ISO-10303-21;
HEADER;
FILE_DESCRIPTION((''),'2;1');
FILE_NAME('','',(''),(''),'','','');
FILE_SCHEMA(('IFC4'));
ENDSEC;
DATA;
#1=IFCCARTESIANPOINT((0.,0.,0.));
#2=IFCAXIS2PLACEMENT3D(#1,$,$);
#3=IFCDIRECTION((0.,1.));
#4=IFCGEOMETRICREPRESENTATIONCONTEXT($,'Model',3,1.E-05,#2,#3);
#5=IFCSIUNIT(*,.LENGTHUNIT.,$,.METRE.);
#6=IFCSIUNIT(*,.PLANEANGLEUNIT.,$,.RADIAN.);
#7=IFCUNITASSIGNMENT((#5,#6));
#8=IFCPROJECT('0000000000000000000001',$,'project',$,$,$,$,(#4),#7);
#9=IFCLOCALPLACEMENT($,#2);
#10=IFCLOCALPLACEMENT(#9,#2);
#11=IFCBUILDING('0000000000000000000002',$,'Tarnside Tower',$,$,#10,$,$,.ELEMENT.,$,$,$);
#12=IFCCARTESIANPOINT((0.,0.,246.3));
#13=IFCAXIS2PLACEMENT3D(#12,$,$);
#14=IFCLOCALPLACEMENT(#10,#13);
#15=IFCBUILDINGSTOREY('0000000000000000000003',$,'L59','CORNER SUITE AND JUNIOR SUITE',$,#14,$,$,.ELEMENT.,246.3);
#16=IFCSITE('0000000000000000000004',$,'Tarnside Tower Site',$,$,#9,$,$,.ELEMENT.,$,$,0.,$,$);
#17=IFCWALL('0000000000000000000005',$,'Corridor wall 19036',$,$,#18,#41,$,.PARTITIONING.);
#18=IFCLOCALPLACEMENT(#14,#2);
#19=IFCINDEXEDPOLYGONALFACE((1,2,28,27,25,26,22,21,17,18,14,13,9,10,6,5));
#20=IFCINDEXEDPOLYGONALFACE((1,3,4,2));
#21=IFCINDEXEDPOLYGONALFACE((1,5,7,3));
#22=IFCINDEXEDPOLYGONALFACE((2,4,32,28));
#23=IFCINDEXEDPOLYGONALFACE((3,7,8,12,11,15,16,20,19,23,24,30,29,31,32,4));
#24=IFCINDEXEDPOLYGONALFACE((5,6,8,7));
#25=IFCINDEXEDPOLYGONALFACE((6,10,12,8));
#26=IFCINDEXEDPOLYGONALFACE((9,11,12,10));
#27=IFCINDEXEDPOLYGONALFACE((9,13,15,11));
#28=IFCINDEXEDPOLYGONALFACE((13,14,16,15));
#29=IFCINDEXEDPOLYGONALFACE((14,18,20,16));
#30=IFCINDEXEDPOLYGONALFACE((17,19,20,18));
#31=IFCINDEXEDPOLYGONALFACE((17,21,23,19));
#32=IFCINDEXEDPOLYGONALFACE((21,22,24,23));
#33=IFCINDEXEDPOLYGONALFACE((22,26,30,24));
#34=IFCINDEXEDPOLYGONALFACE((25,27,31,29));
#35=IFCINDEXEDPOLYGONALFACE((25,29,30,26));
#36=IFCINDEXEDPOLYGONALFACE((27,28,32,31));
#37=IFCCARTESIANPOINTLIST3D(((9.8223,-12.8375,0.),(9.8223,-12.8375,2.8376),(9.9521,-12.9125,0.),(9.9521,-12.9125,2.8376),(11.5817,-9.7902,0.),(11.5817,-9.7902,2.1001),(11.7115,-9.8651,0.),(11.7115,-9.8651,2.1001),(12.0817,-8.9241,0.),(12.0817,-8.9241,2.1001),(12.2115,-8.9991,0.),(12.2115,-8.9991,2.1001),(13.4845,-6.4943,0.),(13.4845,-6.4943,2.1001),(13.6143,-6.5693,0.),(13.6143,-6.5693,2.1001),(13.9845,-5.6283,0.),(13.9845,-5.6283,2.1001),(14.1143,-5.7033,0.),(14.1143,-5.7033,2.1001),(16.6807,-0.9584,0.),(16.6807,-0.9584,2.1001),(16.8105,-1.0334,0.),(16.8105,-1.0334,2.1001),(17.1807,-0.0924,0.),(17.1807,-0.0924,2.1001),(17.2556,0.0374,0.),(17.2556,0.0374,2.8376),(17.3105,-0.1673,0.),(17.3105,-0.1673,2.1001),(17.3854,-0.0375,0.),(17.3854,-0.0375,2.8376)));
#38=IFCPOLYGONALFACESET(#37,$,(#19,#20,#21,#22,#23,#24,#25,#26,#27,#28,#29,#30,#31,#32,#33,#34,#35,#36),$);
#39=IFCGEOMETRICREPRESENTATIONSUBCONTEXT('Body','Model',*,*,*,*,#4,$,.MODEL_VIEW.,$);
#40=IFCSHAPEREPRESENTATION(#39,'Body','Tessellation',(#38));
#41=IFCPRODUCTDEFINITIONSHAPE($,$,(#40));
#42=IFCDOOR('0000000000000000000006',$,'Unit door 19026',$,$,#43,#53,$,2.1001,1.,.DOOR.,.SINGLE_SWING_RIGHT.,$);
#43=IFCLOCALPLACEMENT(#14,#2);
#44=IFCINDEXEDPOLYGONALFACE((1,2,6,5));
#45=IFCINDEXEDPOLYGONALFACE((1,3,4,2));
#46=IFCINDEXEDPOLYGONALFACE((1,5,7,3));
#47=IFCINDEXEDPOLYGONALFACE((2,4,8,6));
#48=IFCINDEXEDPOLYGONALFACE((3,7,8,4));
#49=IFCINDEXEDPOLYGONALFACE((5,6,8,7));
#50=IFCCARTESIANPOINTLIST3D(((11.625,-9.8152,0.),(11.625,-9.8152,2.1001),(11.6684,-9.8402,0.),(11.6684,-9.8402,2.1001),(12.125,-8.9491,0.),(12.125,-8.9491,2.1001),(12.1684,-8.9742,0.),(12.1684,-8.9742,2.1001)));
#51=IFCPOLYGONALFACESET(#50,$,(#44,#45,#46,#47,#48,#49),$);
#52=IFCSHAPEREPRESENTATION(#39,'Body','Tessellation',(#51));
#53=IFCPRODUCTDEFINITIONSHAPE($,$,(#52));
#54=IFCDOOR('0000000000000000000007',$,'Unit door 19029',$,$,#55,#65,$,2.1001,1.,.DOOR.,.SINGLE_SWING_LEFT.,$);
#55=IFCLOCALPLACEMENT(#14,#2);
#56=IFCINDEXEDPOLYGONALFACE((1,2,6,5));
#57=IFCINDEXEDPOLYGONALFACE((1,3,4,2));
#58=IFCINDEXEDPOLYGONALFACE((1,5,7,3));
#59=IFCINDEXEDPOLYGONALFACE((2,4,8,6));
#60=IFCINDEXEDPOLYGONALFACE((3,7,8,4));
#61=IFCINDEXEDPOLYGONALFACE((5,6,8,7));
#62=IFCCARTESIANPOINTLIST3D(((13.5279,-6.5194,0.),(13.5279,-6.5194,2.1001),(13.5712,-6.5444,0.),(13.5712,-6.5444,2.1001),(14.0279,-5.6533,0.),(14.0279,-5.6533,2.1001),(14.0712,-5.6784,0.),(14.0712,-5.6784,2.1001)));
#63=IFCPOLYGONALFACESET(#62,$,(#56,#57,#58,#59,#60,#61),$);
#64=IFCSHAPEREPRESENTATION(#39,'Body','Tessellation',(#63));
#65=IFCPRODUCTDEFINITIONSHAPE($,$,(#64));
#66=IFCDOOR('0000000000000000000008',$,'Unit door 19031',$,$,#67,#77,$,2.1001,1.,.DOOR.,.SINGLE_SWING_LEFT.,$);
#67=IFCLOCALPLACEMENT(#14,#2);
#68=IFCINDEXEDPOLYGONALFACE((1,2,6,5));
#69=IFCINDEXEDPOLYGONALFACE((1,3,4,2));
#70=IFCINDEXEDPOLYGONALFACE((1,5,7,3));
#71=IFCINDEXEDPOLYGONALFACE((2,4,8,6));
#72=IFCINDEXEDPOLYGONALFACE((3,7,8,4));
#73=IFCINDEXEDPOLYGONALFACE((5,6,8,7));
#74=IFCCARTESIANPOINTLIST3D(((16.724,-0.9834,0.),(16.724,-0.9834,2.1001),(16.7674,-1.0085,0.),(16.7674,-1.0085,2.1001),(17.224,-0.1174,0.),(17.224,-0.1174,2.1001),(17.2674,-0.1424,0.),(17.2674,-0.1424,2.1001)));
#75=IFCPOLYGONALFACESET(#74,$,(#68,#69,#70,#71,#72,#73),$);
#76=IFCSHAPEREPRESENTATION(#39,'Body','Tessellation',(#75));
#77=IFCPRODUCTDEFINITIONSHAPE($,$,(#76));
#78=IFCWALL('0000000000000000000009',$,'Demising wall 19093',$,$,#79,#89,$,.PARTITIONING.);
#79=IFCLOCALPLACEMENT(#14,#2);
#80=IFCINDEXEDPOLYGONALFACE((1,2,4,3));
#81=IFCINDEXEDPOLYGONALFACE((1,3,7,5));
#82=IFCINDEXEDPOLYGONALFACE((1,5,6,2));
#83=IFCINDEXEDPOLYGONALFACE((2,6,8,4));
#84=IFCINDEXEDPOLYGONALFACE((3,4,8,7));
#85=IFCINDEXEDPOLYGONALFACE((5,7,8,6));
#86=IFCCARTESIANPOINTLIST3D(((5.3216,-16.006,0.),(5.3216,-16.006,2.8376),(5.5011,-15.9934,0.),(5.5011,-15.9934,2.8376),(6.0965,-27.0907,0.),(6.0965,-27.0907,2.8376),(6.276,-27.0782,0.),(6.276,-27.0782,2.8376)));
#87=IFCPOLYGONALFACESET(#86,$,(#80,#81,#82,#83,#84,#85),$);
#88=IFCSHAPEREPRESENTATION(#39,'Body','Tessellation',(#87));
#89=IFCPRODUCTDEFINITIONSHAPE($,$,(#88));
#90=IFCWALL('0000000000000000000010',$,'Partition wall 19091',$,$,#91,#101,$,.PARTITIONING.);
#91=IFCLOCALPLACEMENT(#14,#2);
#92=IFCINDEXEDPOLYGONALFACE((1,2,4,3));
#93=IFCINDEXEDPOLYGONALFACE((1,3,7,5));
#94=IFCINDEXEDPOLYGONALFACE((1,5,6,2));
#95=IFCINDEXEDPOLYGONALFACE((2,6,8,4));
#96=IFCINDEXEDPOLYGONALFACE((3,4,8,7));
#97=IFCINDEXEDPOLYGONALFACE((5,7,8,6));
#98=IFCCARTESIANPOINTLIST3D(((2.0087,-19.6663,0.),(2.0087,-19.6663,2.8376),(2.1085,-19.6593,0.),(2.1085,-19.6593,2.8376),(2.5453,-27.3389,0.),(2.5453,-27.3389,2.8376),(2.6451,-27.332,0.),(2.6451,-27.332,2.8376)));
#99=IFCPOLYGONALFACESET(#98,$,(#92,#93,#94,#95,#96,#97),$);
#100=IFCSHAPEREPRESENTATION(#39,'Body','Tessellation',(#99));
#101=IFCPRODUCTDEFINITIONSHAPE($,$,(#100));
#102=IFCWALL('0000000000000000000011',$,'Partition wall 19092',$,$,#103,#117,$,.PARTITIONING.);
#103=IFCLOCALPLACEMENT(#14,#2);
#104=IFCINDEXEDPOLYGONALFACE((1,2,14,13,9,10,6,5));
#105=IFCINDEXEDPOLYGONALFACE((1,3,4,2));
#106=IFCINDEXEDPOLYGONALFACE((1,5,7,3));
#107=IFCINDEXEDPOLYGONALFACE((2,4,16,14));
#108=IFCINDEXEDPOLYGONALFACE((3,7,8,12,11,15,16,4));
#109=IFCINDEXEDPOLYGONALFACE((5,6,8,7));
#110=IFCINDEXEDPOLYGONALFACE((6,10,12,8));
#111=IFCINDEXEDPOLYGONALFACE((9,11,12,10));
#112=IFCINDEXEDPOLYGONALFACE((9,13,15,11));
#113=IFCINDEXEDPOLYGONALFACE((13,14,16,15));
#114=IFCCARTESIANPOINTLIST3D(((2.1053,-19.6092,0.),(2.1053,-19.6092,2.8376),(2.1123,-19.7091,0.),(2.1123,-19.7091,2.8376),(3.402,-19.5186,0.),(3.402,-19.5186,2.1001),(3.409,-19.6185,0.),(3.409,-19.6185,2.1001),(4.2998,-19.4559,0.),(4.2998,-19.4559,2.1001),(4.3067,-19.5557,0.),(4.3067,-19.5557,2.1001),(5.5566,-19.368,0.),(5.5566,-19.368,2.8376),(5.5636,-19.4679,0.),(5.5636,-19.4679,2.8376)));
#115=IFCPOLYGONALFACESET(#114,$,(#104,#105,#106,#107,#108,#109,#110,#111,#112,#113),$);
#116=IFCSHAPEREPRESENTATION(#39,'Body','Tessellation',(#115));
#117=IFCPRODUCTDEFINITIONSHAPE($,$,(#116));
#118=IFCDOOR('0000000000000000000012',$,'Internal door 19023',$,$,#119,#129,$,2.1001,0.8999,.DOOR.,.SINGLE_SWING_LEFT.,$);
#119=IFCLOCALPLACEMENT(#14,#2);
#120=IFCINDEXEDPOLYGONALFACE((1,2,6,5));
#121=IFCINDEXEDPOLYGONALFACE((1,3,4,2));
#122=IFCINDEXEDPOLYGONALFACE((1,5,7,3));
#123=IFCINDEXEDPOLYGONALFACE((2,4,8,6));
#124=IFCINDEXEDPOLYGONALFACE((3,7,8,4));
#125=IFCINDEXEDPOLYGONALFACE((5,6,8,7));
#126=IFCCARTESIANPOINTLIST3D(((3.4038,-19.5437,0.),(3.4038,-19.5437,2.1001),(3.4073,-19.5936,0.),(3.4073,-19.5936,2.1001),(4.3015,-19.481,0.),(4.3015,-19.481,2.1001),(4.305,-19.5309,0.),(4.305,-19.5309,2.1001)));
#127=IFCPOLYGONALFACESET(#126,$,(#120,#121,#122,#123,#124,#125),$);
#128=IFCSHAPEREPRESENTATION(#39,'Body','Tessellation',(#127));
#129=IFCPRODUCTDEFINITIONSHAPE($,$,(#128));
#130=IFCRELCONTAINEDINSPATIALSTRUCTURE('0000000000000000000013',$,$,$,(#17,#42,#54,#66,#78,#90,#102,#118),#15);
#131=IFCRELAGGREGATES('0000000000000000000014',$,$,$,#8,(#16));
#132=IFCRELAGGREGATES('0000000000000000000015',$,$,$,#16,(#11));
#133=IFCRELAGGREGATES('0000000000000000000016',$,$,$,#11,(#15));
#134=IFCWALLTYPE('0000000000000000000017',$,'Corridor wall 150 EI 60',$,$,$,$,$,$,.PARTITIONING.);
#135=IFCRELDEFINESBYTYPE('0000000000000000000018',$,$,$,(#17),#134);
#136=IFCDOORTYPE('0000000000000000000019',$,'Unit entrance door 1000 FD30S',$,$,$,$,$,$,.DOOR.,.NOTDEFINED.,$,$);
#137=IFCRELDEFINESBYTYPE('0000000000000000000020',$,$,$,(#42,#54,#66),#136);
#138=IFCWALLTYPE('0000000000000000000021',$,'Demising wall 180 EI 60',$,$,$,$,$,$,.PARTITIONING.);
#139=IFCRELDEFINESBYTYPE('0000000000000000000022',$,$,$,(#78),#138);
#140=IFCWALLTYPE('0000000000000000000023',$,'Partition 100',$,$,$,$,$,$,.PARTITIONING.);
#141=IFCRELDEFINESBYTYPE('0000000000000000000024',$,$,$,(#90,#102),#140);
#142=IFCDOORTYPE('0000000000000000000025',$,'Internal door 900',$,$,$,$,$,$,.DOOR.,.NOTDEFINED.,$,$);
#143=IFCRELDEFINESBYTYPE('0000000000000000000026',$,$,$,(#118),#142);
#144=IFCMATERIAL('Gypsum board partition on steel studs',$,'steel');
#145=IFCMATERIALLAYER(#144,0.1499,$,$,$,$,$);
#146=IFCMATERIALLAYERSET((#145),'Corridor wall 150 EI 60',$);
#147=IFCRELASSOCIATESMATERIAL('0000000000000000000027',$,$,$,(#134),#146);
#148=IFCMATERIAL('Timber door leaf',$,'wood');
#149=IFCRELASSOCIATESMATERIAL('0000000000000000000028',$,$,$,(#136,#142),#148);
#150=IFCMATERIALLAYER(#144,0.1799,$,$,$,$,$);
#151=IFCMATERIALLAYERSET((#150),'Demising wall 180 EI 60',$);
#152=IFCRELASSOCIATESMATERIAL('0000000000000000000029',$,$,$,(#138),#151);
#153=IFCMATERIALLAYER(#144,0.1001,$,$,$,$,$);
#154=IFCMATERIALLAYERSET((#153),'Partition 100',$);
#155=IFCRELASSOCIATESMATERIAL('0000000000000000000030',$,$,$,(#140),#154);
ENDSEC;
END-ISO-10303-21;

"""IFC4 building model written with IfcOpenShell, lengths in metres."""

from ifc_helpers import new_model, si_unit, direction, frame, frame_2d, origin, place, context, subcontext, project, spatial, rectangle, extrude, material, layer, layer_set, type_object, element, fill, save


model = new_model("IFC4")

# Units and contexts
model_context = context("Model", 3, precision=1e-05, world=origin(), true_north=direction((0.0, 1.0)))
body_context = subcontext(model_context, "Body", "Model", "MODEL_VIEW")
ifc_project = project(units=[si_unit("LENGTHUNIT", "METRE"), si_unit("PLANEANGLEUNIT", "RADIAN")], contexts=[model_context])

# Site, building, storey
site_placement = place(None, origin())
site = spatial("IfcSite", under=ifc_project, at=site_placement, Name="Tarnside Tower Site", CompositionType="ELEMENT", RefElevation=0.0)
building_placement = place(site_placement, origin())
building = spatial("IfcBuilding", under=site, at=building_placement, Name="Tarnside Tower", CompositionType="ELEMENT")
storey_placement = place(building_placement, frame((0.0, 0.0, 246.3)))
storey = spatial("IfcBuildingStorey", under=building, at=storey_placement, Name="L59", Description="CORNER SUITE AND JUNIOR SUITE", CompositionType="ELEMENT", Elevation=246.3)

# Shared definitions
ifc_material_1 = material(Name="Gypsum board partition on steel studs", Category="steel")
ifc_material_2 = material(Name="Timber door leaf", Category="wood")

# Shared definitions
ifc_layer_1 = layer(ifc_material_1, 0.1499)
ifc_layer_set_1 = layer_set([ifc_layer_1], Name="Corridor wall 150 EI 60")
wall_type_1 = type_object("IfcWallType", Name="Corridor wall 150 EI 60", PredefinedType="PARTITIONING", material=ifc_layer_set_1)

# Shared definitions
door_type_1 = type_object("IfcDoorType", Name="Unit entrance door 1000 FD30S", OperationType="NOTDEFINED", PredefinedType="DOOR", material=ifc_material_2)

# Wall, openings, doors
wall_1_placement = place(storey_placement, frame((9.8872, -12.875, 0.0), z_axis=(0.0, 0.0, 1.0), x_axis=(0.499998, 0.866026, 0.0)))
wall_1 = element("IfcWall", 1, at=wall_1_placement, inside=storey, type_object=wall_type_1, Name="Corridor wall 19036", PredefinedType="PARTITIONING", context=body_context, shape_type="SweptSolid", body=[
    extrude(rectangle(XDim=14.8667, YDim=0.1499, at=frame_2d((7.4333, 0.0))), origin(), (0.0, 0.0, 1.0), 2.8376),
])
opening_1_placement = place(wall_1_placement, frame((3.5188, 0.0, 0.0)))
opening_1 = element("IfcOpeningElement", 2, at=opening_1_placement, cuts=wall_1, PredefinedType="OPENING", context=body_context, shape_type="SweptSolid", body=[
    extrude(rectangle(XDim=1.0, YDim=2.1001, at=frame_2d((0.5, 1.05))), frame((0.0, 0.085, 0.0), z_axis=(0.0, -1.0, 0.0), x_axis=(1.0, 0.0, 0.0)), (0.0, 0.0, 1.0), 0.1699),
])
opening_2_placement = place(wall_1_placement, frame((7.3245, 0.0, 0.0)))
opening_2 = element("IfcOpeningElement", 3, at=opening_2_placement, cuts=wall_1, PredefinedType="OPENING", context=body_context, shape_type="SweptSolid", body=[
    extrude(rectangle(XDim=1.0, YDim=2.1001, at=frame_2d((0.5, 1.05))), frame((0.0, 0.085, 0.0), z_axis=(0.0, -1.0, 0.0), x_axis=(1.0, 0.0, 0.0)), (0.0, 0.0, 1.0), 0.1699),
])
opening_3_placement = place(wall_1_placement, frame((13.7168, 0.0, 0.0)))
opening_3 = element("IfcOpeningElement", 4, at=opening_3_placement, cuts=wall_1, PredefinedType="OPENING", context=body_context, shape_type="SweptSolid", body=[
    extrude(rectangle(XDim=1.0, YDim=2.1001, at=frame_2d((0.5, 1.05))), frame((0.0, 0.085, 0.0), z_axis=(0.0, -1.0, 0.0), x_axis=(1.0, 0.0, 0.0)), (0.0, 0.0, 1.0), 0.1699),
])
door_1_placement = place(opening_1_placement, origin())
door_1 = element("IfcDoor", 5, at=door_1_placement, inside=storey, type_object=door_type_1, Name="Unit door 19026", OperationType="SINGLE_SWING_RIGHT", OverallHeight=2.1001, OverallWidth=1.0, PredefinedType="DOOR", context=body_context, shape_type="SweptSolid", body=[
    extrude(rectangle(XDim=1.0, YDim=2.1001, at=frame_2d((0.5, 1.05))), frame((0.0, 0.0249, 0.0), z_axis=(0.0, -1.0, 0.0), x_axis=(1.0, 0.0, 0.0)), (0.0, 0.0, 1.0), 0.05),
])
fill(opening_1, door_1)
door_2_placement = place(opening_2_placement, origin())
door_2 = element("IfcDoor", 6, at=door_2_placement, inside=storey, type_object=door_type_1, Name="Unit door 19029", OperationType="SINGLE_SWING_LEFT", OverallHeight=2.1001, OverallWidth=1.0, PredefinedType="DOOR", context=body_context, shape_type="SweptSolid", body=[
    extrude(rectangle(XDim=1.0, YDim=2.1001, at=frame_2d((0.5, 1.05))), frame((0.0, 0.0249, 0.0), z_axis=(0.0, -1.0, 0.0), x_axis=(1.0, 0.0, 0.0)), (0.0, 0.0, 1.0), 0.05),
])
fill(opening_2, door_2)
door_3_placement = place(opening_3_placement, origin())
door_3 = element("IfcDoor", 7, at=door_3_placement, inside=storey, type_object=door_type_1, Name="Unit door 19031", OperationType="SINGLE_SWING_LEFT", OverallHeight=2.1001, OverallWidth=1.0, PredefinedType="DOOR", context=body_context, shape_type="SweptSolid", body=[
    extrude(rectangle(XDim=1.0, YDim=2.1001, at=frame_2d((0.5, 1.05))), frame((0.0, 0.0249, 0.0), z_axis=(0.0, -1.0, 0.0), x_axis=(1.0, 0.0, 0.0)), (0.0, 0.0, 1.0), 0.05),
])
fill(opening_3, door_3)

# Walls
ifc_layer_2 = layer(ifc_material_1, 0.1799)
ifc_layer_set_2 = layer_set([ifc_layer_2], Name="Demising wall 180 EI 60")
wall_type_2 = type_object("IfcWallType", Name="Demising wall 180 EI 60", PredefinedType="PARTITIONING", material=ifc_layer_set_2)
wall_2_placement = place(storey_placement, frame((6.1863, -27.0845, 0.0), z_axis=(0.0, 0.0, 1.0), x_axis=(-0.069737, 0.997565, 0.0)))
element("IfcWall", 8, at=wall_2_placement, inside=storey, type_object=wall_type_2, Name="Demising wall 19093", PredefinedType="PARTITIONING", context=body_context, shape_type="SweptSolid", body=[
    extrude(rectangle(XDim=11.1118, YDim=0.1799, at=frame_2d((5.5559, 0.0))), origin(), (0.0, 0.0, 1.0), 2.8376),
])
ifc_layer_3 = layer(ifc_material_1, 0.1001)
ifc_layer_set_3 = layer_set([ifc_layer_3], Name="Partition 100")
wall_type_3 = type_object("IfcWallType", Name="Partition 100", PredefinedType="PARTITIONING", material=ifc_layer_set_3)
wall_3_placement = place(storey_placement, frame((2.5952, -27.3354, 0.0), z_axis=(0.0, 0.0, 1.0), x_axis=(-0.069769, 0.997563, 0.0)))
element("IfcWall", 9, at=wall_3_placement, inside=storey, type_object=wall_type_3, Name="Partition wall 19091", PredefinedType="PARTITIONING", context=body_context, shape_type="SweptSolid", body=[
    extrude(rectangle(XDim=7.6914, YDim=0.1001, at=frame_2d((3.8457, 0.0))), origin(), (0.0, 0.0, 1.0), 2.8376),
])

# Wall, opening, door
wall_4_placement = place(storey_placement, frame((2.1086, -19.6592, 0.0), z_axis=(0.0, 0.0, 1.0), x_axis=(0.997567, 0.069717, 0.0)))
wall_4 = element("IfcWall", 10, at=wall_4_placement, inside=storey, type_object=wall_type_3, Name="Partition wall 19092", PredefinedType="PARTITIONING", context=body_context, shape_type="SweptSolid", body=[
    extrude(rectangle(XDim=3.4597, YDim=0.1001, at=frame_2d((1.73, 0.0))), origin(), (0.0, 0.0, 1.0), 2.8376),
])
opening_4_placement = place(wall_4_placement, frame((1.3, 0.0, 0.0)))
opening_4 = element("IfcOpeningElement", 11, at=opening_4_placement, cuts=wall_4, PredefinedType="OPENING", context=body_context, shape_type="SweptSolid", body=[
    extrude(rectangle(XDim=0.8999, YDim=2.1001, at=frame_2d((0.45, 1.05))), frame((0.0, 0.0601, 0.0), z_axis=(0.0, -1.0, 0.0), x_axis=(1.0, 0.0, 0.0)), (0.0, 0.0, 1.0), 0.1201),
])
door_type_2 = type_object("IfcDoorType", Name="Internal door 900", OperationType="NOTDEFINED", PredefinedType="DOOR", material=ifc_material_2)
door_4_placement = place(opening_4_placement, origin())
door_4 = element("IfcDoor", 12, at=door_4_placement, inside=storey, type_object=door_type_2, Name="Internal door 19023", OperationType="SINGLE_SWING_LEFT", OverallHeight=2.1001, OverallWidth=0.8999, PredefinedType="DOOR", context=body_context, shape_type="SweptSolid", body=[
    extrude(rectangle(XDim=0.8999, YDim=2.1001, at=frame_2d((0.45, 1.05))), frame((0.0, 0.0249, 0.0), z_axis=(0.0, -1.0, 0.0), x_axis=(1.0, 0.0, 0.0)), (0.0, 0.0, 1.0), 0.05),
])
fill(opening_4, door_4)

save(model, "model.ifc")
